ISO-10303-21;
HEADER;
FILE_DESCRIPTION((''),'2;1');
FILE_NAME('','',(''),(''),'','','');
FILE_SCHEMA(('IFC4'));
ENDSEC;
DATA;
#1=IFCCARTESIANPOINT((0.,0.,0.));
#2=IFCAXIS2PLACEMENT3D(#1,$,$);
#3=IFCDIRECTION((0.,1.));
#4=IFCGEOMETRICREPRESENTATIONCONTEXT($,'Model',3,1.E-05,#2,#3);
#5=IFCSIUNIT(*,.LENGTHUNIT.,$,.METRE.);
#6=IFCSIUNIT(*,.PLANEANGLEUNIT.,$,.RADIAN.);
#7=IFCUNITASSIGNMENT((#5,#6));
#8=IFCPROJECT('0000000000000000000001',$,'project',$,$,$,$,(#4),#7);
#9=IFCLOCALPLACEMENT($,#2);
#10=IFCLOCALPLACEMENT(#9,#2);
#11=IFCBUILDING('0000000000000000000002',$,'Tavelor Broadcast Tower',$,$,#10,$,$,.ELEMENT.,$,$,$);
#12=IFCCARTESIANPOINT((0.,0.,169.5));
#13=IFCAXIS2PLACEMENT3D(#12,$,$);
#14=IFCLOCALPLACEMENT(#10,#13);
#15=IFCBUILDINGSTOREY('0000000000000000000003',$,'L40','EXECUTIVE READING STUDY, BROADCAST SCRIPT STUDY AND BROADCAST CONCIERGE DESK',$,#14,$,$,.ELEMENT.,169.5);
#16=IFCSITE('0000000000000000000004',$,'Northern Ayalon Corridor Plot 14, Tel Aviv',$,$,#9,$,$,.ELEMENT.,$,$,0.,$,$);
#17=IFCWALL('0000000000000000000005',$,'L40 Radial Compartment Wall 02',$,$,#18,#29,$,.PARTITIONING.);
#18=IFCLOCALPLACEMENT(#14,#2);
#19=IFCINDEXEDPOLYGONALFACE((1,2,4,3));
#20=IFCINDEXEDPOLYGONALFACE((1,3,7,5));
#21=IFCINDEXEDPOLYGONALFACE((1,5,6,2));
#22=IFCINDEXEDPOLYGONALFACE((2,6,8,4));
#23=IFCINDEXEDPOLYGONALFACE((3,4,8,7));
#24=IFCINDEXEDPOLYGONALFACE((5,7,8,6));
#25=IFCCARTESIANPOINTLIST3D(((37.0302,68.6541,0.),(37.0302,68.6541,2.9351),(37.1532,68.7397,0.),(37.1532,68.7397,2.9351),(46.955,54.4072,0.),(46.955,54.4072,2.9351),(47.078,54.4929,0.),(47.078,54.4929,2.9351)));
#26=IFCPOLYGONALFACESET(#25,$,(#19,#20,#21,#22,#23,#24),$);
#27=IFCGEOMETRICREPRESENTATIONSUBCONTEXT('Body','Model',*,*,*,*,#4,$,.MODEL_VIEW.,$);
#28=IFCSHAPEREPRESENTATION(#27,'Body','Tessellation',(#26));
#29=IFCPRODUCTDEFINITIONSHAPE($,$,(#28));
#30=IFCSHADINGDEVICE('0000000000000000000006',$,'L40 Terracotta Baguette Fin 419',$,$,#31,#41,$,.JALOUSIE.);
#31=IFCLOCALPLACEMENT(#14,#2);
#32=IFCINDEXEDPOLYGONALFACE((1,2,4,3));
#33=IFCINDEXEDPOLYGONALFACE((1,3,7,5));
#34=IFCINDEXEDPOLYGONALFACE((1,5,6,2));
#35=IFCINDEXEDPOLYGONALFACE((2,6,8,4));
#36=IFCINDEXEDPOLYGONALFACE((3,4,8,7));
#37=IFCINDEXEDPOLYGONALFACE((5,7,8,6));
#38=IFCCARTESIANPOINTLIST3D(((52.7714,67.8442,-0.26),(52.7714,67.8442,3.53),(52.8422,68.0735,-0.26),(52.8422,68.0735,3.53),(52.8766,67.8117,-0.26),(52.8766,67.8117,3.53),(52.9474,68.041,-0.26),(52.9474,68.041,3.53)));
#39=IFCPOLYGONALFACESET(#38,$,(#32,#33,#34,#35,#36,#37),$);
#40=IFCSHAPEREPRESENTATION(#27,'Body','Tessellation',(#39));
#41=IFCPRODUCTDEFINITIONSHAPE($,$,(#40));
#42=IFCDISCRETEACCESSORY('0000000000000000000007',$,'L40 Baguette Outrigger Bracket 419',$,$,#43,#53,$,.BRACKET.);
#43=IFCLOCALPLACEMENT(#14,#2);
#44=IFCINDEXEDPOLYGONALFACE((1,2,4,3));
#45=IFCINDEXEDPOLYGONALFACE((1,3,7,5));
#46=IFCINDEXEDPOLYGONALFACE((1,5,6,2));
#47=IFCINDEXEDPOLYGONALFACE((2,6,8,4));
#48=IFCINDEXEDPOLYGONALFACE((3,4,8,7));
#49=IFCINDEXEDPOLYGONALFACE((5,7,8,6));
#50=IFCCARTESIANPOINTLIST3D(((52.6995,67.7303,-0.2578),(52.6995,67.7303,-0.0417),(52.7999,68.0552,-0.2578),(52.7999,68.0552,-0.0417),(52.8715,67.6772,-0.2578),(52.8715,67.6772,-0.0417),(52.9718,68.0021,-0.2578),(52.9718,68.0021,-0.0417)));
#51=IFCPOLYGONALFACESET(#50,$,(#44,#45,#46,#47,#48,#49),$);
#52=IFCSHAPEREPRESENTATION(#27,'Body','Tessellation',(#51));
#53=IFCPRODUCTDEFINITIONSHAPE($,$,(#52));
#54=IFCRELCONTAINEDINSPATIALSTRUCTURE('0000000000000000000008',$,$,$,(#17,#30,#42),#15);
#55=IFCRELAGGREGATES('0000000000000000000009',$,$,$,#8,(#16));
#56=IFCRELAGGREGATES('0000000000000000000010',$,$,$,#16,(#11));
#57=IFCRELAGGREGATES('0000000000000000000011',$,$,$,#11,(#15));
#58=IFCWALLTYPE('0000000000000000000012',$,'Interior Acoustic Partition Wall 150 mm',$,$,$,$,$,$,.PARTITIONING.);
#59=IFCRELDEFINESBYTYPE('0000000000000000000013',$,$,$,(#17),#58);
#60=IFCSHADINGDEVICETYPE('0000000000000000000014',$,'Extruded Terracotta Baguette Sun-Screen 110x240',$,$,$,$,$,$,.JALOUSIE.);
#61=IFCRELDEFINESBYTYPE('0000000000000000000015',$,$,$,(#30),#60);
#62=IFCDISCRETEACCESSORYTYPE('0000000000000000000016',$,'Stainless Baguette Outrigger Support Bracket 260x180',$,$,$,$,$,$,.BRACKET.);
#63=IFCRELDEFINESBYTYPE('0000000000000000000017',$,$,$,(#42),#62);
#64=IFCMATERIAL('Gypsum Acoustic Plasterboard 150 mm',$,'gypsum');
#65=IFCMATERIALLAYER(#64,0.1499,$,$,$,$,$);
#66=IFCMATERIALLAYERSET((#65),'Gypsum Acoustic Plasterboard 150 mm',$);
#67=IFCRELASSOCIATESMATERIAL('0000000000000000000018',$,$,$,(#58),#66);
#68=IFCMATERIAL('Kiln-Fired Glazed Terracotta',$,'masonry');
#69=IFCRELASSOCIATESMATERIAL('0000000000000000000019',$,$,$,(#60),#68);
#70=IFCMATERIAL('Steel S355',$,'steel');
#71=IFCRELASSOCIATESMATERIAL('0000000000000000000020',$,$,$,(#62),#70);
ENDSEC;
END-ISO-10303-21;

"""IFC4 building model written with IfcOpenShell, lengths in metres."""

from ifc_helpers import new_model, si_unit, direction, frame, frame_2d, origin, origin_2d, place, context, subcontext, project, spatial, rectangle, extrude, source, transform, mapped, material, layer, layer_set, type_object, type_shapes, element, save


model = new_model("IFC4")

# Units and contexts
model_context = context("Model", 3, precision=1e-05, world=origin(), true_north=direction((0.0, 1.0)))
body_context = subcontext(model_context, "Body", "Model", "MODEL_VIEW")
ifc_project = project(units=[si_unit("LENGTHUNIT", "METRE"), si_unit("PLANEANGLEUNIT", "RADIAN")], contexts=[model_context])

# Site, building, storey
site_placement = place(None, origin())
site = spatial("IfcSite", under=ifc_project, at=site_placement, Name="Northern Ayalon Corridor Plot 14, Tel Aviv", CompositionType="ELEMENT", RefElevation=0.0)
building_placement = place(site_placement, origin())
building = spatial("IfcBuilding", under=site, at=building_placement, Name="Tavelor Broadcast Tower", CompositionType="ELEMENT")
storey_placement = place(building_placement, frame((0.0, 0.0, 169.5)))
storey = spatial("IfcBuildingStorey", under=building, at=storey_placement, Name="L40", Description="EXECUTIVE READING STUDY, BROADCAST SCRIPT STUDY AND BROADCAST CONCIERGE DESK", CompositionType="ELEMENT", Elevation=169.5)

# Shared definitions
ifc_material_1 = material(Name="Steel S355", Category="steel")

# Wall
ifc_material_2 = material(Name="Gypsum Acoustic Plasterboard 150 mm", Category="gypsum")
ifc_layer_1 = layer(ifc_material_2, 0.1499)
ifc_layer_set_1 = layer_set([ifc_layer_1], Name="Gypsum Acoustic Plasterboard 150 mm")
wall_type_1 = type_object("IfcWallType", Name="Interior Acoustic Partition Wall 150 mm", PredefinedType="PARTITIONING", material=ifc_layer_set_1)
wall_1_placement = place(storey_placement, frame((47.0166, 54.45, 0.0), z_axis=(0.0, 0.0, 1.0), x_axis=(-0.571607, 0.820528, 0.0)))
element("IfcWall", 1, at=wall_1_placement, inside=storey, type_object=wall_type_1, Name="L40 Radial Compartment Wall 02", PredefinedType="PARTITIONING", context=body_context, shape_type="SweptSolid", body=[
    extrude(rectangle(XDim=17.363, YDim=0.1499, at=frame_2d((8.6816, 0.0))), origin(), (0.0, 0.0, 1.0), 2.9351),
])

# Shading device
ifc_material_3 = material(Name="Kiln-Fired Glazed Terracotta", Category="masonry")
shading_device_type = type_object("IfcShadingDeviceType", Name="Extruded Terracotta Baguette Sun-Screen 110x240", PredefinedType="JALOUSIE", material=ifc_material_3)
shared_shape_1 = source(origin(), body_context, "Body", "SweptSolid", [
    extrude(rectangle(XDim=0.1101, YDim=0.24, at=origin_2d()), origin(), (0.0, 0.0, 1.0), 3.79),
])
type_shapes(shading_device_type, [shared_shape_1])
shading_device_placement = place(storey_placement, frame((52.8594, 67.9426, -0.26), z_axis=(0.0, 0.0, 1.0), x_axis=(-0.955433, 0.295208, 0.0)))
element("IfcShadingDevice", 2, at=shading_device_placement, inside=storey, type_object=shading_device_type, Name="L40 Terracotta Baguette Fin 419", PredefinedType="JALOUSIE", context=body_context, shape_type="MappedRepresentation", body=[
    mapped(shared_shape_1, transform((0.0, 0.0, 0.0), scale=1.0)),
])

# Discrete accessory
discrete_accessory_type = type_object("IfcDiscreteAccessoryType", Name="Stainless Baguette Outrigger Support Bracket 260x180", PredefinedType="BRACKET", material=ifc_material_1)
shared_shape_2 = source(origin(), body_context, "Body", "SweptSolid", [
    extrude(rectangle(XDim=0.1799, YDim=0.3401, at=origin_2d()), origin(), (0.0, 0.0, 1.0), 0.2161),
])
type_shapes(discrete_accessory_type, [shared_shape_2])
discrete_accessory_placement = place(storey_placement, frame((52.8357, 67.8662, -0.2578), z_axis=(0.0, 0.0, 1.0), x_axis=(-0.955433, 0.295208, 0.0)))
element("IfcDiscreteAccessory", 3, at=discrete_accessory_placement, inside=storey, type_object=discrete_accessory_type, Name="L40 Baguette Outrigger Bracket 419", PredefinedType="BRACKET", context=body_context, shape_type="MappedRepresentation", body=[
    mapped(shared_shape_2, transform((0.0, 0.0, 0.0), scale=1.0)),
])

save(model, "model.ifc")
